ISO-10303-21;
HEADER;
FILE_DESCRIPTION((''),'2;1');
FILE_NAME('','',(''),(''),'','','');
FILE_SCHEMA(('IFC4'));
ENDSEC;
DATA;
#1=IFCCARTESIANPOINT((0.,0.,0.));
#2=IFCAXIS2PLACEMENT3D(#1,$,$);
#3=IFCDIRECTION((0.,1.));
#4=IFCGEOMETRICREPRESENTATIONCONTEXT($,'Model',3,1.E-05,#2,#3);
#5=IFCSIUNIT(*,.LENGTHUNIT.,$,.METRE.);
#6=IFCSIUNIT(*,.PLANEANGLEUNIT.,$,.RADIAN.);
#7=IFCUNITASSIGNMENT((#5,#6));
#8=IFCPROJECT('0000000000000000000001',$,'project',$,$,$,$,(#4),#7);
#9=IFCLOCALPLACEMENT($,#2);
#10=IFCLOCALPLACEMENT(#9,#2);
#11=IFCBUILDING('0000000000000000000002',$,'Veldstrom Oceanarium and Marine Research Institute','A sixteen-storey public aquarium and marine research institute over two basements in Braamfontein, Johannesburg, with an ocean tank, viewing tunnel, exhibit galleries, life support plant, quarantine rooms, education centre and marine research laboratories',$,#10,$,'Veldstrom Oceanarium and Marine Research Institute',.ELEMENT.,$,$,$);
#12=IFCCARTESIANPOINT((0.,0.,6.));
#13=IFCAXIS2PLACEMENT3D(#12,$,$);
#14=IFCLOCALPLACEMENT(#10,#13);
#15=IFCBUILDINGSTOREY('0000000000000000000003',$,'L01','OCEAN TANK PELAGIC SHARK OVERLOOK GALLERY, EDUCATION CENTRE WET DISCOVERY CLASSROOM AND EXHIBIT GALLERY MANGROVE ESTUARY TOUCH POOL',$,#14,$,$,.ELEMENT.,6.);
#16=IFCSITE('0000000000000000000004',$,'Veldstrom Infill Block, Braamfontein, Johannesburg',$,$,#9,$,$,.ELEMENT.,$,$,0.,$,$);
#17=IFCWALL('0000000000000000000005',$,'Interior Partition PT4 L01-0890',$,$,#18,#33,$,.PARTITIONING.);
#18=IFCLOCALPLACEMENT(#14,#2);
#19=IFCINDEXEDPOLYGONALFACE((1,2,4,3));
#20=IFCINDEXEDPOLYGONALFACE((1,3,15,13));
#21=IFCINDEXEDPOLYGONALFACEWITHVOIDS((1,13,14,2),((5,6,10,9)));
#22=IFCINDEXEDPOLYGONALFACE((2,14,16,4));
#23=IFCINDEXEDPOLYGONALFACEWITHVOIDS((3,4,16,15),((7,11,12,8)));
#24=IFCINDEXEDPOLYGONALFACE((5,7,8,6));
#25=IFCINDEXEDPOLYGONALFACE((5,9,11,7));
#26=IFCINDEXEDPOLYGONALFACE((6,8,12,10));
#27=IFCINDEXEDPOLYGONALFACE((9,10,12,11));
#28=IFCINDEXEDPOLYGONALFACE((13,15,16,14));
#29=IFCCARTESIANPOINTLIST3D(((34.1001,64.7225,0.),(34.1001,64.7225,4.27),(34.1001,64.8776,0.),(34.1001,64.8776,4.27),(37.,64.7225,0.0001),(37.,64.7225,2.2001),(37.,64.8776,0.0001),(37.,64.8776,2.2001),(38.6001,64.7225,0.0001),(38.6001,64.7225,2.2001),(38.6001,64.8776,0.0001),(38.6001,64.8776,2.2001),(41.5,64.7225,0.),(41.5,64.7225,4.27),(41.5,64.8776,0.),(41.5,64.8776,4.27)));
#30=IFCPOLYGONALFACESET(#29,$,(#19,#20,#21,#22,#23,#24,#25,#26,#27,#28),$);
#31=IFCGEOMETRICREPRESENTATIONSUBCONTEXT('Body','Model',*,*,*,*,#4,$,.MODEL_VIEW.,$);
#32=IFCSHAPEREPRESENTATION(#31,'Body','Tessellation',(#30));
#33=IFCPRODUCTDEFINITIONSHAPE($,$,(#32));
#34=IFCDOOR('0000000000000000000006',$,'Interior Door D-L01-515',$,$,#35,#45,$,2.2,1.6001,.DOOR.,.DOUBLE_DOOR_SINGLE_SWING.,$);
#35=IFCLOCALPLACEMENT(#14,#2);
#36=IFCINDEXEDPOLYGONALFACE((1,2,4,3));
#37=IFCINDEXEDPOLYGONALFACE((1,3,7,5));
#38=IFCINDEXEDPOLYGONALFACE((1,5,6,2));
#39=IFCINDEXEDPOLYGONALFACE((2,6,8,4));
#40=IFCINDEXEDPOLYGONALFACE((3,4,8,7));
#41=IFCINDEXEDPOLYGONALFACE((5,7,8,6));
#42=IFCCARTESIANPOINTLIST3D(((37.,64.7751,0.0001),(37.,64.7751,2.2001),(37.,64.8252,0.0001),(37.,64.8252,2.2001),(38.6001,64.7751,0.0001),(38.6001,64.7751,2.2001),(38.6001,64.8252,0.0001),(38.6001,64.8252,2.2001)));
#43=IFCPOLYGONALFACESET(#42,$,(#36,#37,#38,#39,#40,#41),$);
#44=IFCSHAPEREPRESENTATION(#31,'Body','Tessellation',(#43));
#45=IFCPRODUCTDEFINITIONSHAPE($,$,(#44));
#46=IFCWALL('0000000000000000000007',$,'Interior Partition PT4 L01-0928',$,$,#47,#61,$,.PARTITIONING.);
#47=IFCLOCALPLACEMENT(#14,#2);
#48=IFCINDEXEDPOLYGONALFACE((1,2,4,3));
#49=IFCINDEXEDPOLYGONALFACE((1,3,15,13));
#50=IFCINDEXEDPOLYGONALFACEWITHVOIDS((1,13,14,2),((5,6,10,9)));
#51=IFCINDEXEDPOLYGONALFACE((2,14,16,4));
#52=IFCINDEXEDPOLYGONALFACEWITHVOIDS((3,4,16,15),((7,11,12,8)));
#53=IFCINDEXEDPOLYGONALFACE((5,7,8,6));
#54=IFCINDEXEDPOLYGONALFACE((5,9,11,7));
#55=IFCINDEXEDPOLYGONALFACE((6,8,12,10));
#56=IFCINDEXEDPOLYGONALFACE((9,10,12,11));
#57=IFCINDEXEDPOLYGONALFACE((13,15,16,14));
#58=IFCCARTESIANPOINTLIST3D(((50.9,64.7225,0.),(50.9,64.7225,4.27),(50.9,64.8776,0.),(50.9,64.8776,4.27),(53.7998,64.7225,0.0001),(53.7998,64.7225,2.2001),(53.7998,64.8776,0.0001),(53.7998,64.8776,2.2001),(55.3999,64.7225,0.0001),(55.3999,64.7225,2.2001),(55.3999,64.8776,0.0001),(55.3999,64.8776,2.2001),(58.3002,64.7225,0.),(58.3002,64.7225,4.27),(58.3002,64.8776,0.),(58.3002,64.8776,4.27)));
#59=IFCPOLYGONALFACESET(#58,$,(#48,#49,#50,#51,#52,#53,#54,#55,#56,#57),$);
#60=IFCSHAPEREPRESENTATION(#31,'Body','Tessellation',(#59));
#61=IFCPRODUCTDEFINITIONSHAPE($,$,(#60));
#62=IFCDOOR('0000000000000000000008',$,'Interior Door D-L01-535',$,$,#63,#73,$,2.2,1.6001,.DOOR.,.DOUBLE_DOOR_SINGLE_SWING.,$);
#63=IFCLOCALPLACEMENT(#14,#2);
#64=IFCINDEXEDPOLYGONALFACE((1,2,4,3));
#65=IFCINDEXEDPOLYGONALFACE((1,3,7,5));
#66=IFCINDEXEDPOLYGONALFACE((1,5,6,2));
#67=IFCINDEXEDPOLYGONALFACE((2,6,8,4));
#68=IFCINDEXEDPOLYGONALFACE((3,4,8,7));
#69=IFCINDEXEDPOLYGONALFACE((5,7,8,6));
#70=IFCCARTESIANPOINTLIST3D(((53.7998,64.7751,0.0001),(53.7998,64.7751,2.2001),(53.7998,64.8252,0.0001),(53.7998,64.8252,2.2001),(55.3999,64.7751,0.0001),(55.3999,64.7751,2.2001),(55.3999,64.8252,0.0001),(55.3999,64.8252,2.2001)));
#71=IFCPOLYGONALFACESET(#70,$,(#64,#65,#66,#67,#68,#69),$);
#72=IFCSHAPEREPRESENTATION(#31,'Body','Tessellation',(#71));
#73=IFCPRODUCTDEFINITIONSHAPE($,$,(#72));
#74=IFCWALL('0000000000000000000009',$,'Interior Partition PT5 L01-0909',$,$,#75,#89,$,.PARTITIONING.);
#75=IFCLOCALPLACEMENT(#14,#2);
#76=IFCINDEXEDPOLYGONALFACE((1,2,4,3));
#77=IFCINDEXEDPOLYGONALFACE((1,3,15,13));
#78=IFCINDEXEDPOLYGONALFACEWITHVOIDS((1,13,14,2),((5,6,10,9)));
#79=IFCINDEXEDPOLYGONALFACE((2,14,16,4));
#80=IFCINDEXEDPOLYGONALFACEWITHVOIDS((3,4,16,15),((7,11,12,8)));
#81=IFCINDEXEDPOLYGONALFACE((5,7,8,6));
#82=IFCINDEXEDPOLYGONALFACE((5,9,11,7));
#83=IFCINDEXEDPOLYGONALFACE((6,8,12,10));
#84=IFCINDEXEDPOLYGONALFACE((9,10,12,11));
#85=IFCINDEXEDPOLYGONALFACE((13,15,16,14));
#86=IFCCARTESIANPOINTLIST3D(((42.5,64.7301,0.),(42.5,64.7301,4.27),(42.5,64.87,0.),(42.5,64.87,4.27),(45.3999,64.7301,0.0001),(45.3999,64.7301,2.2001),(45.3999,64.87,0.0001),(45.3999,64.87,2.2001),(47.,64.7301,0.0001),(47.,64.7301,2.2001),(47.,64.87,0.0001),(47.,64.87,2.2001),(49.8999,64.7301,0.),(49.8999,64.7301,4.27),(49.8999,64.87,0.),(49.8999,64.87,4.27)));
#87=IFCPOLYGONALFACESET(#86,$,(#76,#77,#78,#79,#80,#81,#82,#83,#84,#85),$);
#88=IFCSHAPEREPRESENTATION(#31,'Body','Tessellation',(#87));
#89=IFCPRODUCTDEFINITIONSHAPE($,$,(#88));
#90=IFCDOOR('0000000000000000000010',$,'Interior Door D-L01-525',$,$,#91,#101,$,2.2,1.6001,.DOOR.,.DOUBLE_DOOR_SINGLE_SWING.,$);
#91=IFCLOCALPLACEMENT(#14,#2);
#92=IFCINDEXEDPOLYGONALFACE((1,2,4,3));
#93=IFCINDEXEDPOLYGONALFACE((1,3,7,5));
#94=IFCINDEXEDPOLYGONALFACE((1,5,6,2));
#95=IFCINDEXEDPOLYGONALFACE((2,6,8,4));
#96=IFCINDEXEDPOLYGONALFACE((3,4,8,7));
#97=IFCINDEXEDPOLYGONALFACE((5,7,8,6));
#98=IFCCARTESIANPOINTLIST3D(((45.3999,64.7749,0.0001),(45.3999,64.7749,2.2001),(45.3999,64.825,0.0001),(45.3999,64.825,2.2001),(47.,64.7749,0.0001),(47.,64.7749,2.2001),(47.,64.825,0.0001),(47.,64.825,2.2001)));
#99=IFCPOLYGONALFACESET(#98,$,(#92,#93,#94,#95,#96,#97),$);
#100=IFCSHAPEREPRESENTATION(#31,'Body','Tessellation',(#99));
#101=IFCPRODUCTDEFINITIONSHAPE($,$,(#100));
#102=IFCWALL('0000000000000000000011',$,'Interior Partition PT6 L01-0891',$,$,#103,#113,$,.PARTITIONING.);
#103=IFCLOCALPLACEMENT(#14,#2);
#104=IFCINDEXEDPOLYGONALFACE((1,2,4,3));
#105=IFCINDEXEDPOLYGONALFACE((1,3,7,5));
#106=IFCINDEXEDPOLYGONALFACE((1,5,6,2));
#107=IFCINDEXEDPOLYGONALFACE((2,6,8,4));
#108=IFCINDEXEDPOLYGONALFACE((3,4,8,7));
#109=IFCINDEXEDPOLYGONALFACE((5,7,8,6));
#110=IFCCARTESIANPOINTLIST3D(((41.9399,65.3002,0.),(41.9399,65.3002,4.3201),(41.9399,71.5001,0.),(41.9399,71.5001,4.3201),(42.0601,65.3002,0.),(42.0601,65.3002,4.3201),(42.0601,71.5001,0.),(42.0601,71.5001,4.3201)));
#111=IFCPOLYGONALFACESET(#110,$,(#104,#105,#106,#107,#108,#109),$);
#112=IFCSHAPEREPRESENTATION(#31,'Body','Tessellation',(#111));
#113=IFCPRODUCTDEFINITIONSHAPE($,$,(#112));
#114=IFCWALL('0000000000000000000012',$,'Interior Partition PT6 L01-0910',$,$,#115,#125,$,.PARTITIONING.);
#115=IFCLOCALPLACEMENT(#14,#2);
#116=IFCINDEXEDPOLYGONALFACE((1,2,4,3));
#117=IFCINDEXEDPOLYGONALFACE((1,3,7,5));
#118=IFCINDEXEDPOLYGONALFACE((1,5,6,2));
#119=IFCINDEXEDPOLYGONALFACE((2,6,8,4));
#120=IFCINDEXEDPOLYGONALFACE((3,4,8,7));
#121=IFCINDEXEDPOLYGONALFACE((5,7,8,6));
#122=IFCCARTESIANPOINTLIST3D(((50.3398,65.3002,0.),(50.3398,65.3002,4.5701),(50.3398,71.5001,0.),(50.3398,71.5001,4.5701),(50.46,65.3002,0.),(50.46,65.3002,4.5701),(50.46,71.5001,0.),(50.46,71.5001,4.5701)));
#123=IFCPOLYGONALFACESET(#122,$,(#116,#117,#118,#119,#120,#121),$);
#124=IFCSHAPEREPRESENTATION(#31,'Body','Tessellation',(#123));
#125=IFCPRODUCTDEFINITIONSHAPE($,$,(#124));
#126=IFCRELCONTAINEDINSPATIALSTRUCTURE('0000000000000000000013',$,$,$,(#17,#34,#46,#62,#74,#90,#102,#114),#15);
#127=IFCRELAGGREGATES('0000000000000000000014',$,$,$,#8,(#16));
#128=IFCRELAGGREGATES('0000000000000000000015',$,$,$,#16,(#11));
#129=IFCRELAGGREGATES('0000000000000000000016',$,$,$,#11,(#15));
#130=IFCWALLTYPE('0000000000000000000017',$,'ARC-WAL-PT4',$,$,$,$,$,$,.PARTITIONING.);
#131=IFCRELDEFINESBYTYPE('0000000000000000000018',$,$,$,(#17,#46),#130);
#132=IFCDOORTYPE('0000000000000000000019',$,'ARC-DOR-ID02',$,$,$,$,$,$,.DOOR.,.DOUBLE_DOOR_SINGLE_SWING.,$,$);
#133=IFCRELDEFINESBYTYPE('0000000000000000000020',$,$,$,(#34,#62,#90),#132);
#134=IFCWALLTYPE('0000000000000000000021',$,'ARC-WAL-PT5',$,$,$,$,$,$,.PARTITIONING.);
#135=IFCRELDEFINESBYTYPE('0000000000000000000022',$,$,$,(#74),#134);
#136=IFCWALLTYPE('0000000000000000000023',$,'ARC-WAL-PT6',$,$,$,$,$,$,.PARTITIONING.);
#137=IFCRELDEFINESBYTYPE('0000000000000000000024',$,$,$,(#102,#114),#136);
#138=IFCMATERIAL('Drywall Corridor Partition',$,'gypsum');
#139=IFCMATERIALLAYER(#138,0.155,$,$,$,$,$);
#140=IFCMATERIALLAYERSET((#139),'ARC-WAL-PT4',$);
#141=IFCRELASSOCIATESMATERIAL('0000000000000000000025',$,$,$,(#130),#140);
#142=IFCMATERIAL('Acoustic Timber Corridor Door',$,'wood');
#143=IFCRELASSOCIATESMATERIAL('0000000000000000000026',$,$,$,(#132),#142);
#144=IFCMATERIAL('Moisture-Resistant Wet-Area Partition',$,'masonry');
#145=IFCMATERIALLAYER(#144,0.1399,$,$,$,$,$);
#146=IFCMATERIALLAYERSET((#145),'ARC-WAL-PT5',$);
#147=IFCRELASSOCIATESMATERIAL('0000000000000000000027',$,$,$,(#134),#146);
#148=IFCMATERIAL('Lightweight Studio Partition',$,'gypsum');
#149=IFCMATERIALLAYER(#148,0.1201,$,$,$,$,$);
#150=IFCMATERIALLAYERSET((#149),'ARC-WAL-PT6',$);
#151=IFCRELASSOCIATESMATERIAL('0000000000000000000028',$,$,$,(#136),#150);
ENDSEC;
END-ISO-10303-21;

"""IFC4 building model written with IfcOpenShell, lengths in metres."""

from ifc_helpers import new_model, si_unit, direction, frame, frame_2d, origin, place, context, subcontext, project, spatial, rectangle, extrude, material, layer, layer_set, type_object, element, fill, save


model = new_model("IFC4")

# Units and contexts
model_context = context("Model", 3, precision=1e-05, world=origin(), true_north=direction((0.0, 1.0)))
body_context = subcontext(model_context, "Body", "Model", "MODEL_VIEW")
ifc_project = project(units=[si_unit("LENGTHUNIT", "METRE"), si_unit("PLANEANGLEUNIT", "RADIAN")], contexts=[model_context])

# Site, building, storey
site_placement = place(None, origin())
site = spatial("IfcSite", under=ifc_project, at=site_placement, Name="Veldstrom Infill Block, Braamfontein, Johannesburg", CompositionType="ELEMENT", RefElevation=0.0)
building_placement = place(site_placement, origin())
building = spatial("IfcBuilding", under=site, at=building_placement, Name="Veldstrom Oceanarium and Marine Research Institute", Description="A sixteen-storey public aquarium and marine research institute over two basements in Braamfontein, Johannesburg, with an ocean tank, viewing tunnel, exhibit galleries, life support plant, quarantine rooms, education centre and marine research laboratories", LongName="Veldstrom Oceanarium and Marine Research Institute", CompositionType="ELEMENT")
storey_placement = place(building_placement, frame((0.0, 0.0, 6.0)))
storey = spatial("IfcBuildingStorey", under=building, at=storey_placement, Name="L01", Description="OCEAN TANK PELAGIC SHARK OVERLOOK GALLERY, EDUCATION CENTRE WET DISCOVERY CLASSROOM AND EXHIBIT GALLERY MANGROVE ESTUARY TOUCH POOL", CompositionType="ELEMENT", Elevation=6.0)

# Walls, openings, doors
ifc_material_1 = material(Name="Drywall Corridor Partition", Category="gypsum")
ifc_layer_1 = layer(ifc_material_1, 0.155)
ifc_layer_set_1 = layer_set([ifc_layer_1], Name="ARC-WAL-PT4")
wall_type_1 = type_object("IfcWallType", Name="ARC-WAL-PT4", PredefinedType="PARTITIONING", material=ifc_layer_set_1)
wall_1_placement = place(storey_placement, frame((34.1001, 64.8, 0.0), z_axis=(0.0, 0.0, 1.0), x_axis=(1.0, 0.0, 0.0)))
wall_1 = element("IfcWall", 1, at=wall_1_placement, inside=storey, type_object=wall_type_1, Name="Interior Partition PT4 L01-0890", PredefinedType="PARTITIONING", context=body_context, shape_type="SweptSolid", body=[
    extrude(rectangle(XDim=7.3999, YDim=0.155, at=frame_2d((3.7, 0.0))), origin(), (0.0, 0.0, 1.0), 4.27),
])
opening_1_placement = place(wall_1_placement, frame((2.8999, 0.0, 0.0)))
opening_1 = element("IfcOpeningElement", 2, at=opening_1_placement, cuts=wall_1, PredefinedType="OPENING", context=body_context, shape_type="SweptSolid", body=[
    extrude(rectangle(XDim=1.6001, YDim=2.2, at=frame_2d((0.8, 1.1001))), frame((0.0, 0.0874, 0.0), z_axis=(0.0, -1.0, 0.0), x_axis=(1.0, 0.0, 0.0)), (0.0, 0.0, 1.0), 0.175),
])
ifc_material_2 = material(Name="Acoustic Timber Corridor Door", Category="wood")
door_type = type_object("IfcDoorType", Name="ARC-DOR-ID02", OperationType="DOUBLE_DOOR_SINGLE_SWING", PredefinedType="DOOR", material=ifc_material_2)
door_1_placement = place(opening_1_placement, frame((1.6001, 0.0, 0.0), z_axis=(0.0, 0.0, 1.0), x_axis=(-1.0, 0.0, 0.0)))
door_1 = element("IfcDoor", 3, at=door_1_placement, inside=storey, type_object=door_type, Name="Interior Door D-L01-515", OperationType="DOUBLE_DOOR_SINGLE_SWING", OverallHeight=2.2, OverallWidth=1.6001, PredefinedType="DOOR", context=body_context, shape_type="SweptSolid", body=[
    extrude(rectangle(XDim=1.6001, YDim=2.2, at=frame_2d((0.8, 1.1001))), frame((0.0, 0.0249, 0.0), z_axis=(0.0, -1.0, 0.0), x_axis=(1.0, 0.0, 0.0)), (0.0, 0.0, 1.0), 0.05),
])
fill(opening_1, door_1)
wall_2_placement = place(storey_placement, frame((50.8999, 64.8, 0.0), z_axis=(0.0, 0.0, 1.0), x_axis=(1.0, 0.0, 0.0)))
wall_2 = element("IfcWall", 4, at=wall_2_placement, inside=storey, type_object=wall_type_1, Name="Interior Partition PT4 L01-0928", PredefinedType="PARTITIONING", context=body_context, shape_type="SweptSolid", body=[
    extrude(rectangle(XDim=7.4001, YDim=0.155, at=frame_2d((3.7002, 0.0))), origin(), (0.0, 0.0, 1.0), 4.27),
])
opening_2_placement = place(wall_2_placement, frame((2.8999, 0.0, 0.0)))
opening_2 = element("IfcOpeningElement", 5, at=opening_2_placement, cuts=wall_2, PredefinedType="OPENING", context=body_context, shape_type="SweptSolid", body=[
    extrude(rectangle(XDim=1.6001, YDim=2.2, at=frame_2d((0.8, 1.1001))), frame((0.0, 0.0874, 0.0), z_axis=(0.0, -1.0, 0.0), x_axis=(1.0, 0.0, 0.0)), (0.0, 0.0, 1.0), 0.175),
])
door_2_placement = place(opening_2_placement, frame((1.6001, 0.0, 0.0), z_axis=(0.0, 0.0, 1.0), x_axis=(-1.0, 0.0, 0.0)))
door_2 = element("IfcDoor", 6, at=door_2_placement, inside=storey, type_object=door_type, Name="Interior Door D-L01-535", OperationType="DOUBLE_DOOR_SINGLE_SWING", OverallHeight=2.2, OverallWidth=1.6001, PredefinedType="DOOR", context=body_context, shape_type="SweptSolid", body=[
    extrude(rectangle(XDim=1.6001, YDim=2.2, at=frame_2d((0.8, 1.1001))), frame((0.0, 0.0249, 0.0), z_axis=(0.0, -1.0, 0.0), x_axis=(1.0, 0.0, 0.0)), (0.0, 0.0, 1.0), 0.05),
])
fill(opening_2, door_2)
ifc_material_3 = material(Name="Moisture-Resistant Wet-Area Partition", Category="masonry")
ifc_layer_2 = layer(ifc_material_3, 0.1399)
ifc_layer_set_2 = layer_set([ifc_layer_2], Name="ARC-WAL-PT5")
wall_type_2 = type_object("IfcWallType", Name="ARC-WAL-PT5", PredefinedType="PARTITIONING", material=ifc_layer_set_2)
wall_3_placement = place(storey_placement, frame((42.5, 64.8, 0.0), z_axis=(0.0, 0.0, 1.0), x_axis=(1.0, 0.0, 0.0)))
wall_3 = element("IfcWall", 7, at=wall_3_placement, inside=storey, type_object=wall_type_2, Name="Interior Partition PT5 L01-0909", PredefinedType="PARTITIONING", context=body_context, shape_type="SweptSolid", body=[
    extrude(rectangle(XDim=7.3999, YDim=0.1399, at=frame_2d((3.7, 0.0))), origin(), (0.0, 0.0, 1.0), 4.27),
])
opening_3_placement = place(wall_3_placement, frame((2.8999, 0.0, 0.0)))
opening_3 = element("IfcOpeningElement", 8, at=opening_3_placement, cuts=wall_3, PredefinedType="OPENING", context=body_context, shape_type="SweptSolid", body=[
    extrude(rectangle(XDim=1.6001, YDim=2.2, at=frame_2d((0.8, 1.1001))), frame((0.0, 0.0798, 0.0), z_axis=(0.0, -1.0, 0.0), x_axis=(1.0, 0.0, 0.0)), (0.0, 0.0, 1.0), 0.1599),
])
door_3_placement = place(opening_3_placement, origin())
door_3 = element("IfcDoor", 9, at=door_3_placement, inside=storey, type_object=door_type, Name="Interior Door D-L01-525", OperationType="DOUBLE_DOOR_SINGLE_SWING", OverallHeight=2.2, OverallWidth=1.6001, PredefinedType="DOOR", context=body_context, shape_type="SweptSolid", body=[
    extrude(rectangle(XDim=1.6001, YDim=2.2, at=frame_2d((0.8, 1.1001))), frame((0.0, 0.0249, 0.0), z_axis=(0.0, -1.0, 0.0), x_axis=(1.0, 0.0, 0.0)), (0.0, 0.0, 1.0), 0.05),
])
fill(opening_3, door_3)

# Walls
ifc_material_4 = material(Name="Lightweight Studio Partition", Category="gypsum")
ifc_layer_3 = layer(ifc_material_4, 0.1201)
ifc_layer_set_3 = layer_set([ifc_layer_3], Name="ARC-WAL-PT6")
wall_type_3 = type_object("IfcWallType", Name="ARC-WAL-PT6", PredefinedType="PARTITIONING", material=ifc_layer_set_3)
wall_4_placement = place(storey_placement, frame((42.0, 65.3, 0.0), z_axis=(0.0, 0.0, 1.0), x_axis=(0.0, 1.0, 0.0)))
element("IfcWall", 10, at=wall_4_placement, inside=storey, type_object=wall_type_3, Name="Interior Partition PT6 L01-0891", PredefinedType="PARTITIONING", context=body_context, shape_type="SweptSolid", body=[
    extrude(rectangle(XDim=6.2, YDim=0.1201, at=frame_2d((3.1001, 0.0))), origin(), (0.0, 0.0, 1.0), 4.3201),
])
wall_5_placement = place(storey_placement, frame((50.3999, 65.3, 0.0), z_axis=(0.0, 0.0, 1.0), x_axis=(0.0, 1.0, 0.0)))
element("IfcWall", 11, at=wall_5_placement, inside=storey, type_object=wall_type_3, Name="Interior Partition PT6 L01-0910", PredefinedType="PARTITIONING", context=body_context, shape_type="SweptSolid", body=[
    extrude(rectangle(XDim=6.2, YDim=0.1201, at=frame_2d((3.1001, 0.0))), origin(), (0.0, 0.0, 1.0), 4.5701),
])

save(model, "model.ifc")
